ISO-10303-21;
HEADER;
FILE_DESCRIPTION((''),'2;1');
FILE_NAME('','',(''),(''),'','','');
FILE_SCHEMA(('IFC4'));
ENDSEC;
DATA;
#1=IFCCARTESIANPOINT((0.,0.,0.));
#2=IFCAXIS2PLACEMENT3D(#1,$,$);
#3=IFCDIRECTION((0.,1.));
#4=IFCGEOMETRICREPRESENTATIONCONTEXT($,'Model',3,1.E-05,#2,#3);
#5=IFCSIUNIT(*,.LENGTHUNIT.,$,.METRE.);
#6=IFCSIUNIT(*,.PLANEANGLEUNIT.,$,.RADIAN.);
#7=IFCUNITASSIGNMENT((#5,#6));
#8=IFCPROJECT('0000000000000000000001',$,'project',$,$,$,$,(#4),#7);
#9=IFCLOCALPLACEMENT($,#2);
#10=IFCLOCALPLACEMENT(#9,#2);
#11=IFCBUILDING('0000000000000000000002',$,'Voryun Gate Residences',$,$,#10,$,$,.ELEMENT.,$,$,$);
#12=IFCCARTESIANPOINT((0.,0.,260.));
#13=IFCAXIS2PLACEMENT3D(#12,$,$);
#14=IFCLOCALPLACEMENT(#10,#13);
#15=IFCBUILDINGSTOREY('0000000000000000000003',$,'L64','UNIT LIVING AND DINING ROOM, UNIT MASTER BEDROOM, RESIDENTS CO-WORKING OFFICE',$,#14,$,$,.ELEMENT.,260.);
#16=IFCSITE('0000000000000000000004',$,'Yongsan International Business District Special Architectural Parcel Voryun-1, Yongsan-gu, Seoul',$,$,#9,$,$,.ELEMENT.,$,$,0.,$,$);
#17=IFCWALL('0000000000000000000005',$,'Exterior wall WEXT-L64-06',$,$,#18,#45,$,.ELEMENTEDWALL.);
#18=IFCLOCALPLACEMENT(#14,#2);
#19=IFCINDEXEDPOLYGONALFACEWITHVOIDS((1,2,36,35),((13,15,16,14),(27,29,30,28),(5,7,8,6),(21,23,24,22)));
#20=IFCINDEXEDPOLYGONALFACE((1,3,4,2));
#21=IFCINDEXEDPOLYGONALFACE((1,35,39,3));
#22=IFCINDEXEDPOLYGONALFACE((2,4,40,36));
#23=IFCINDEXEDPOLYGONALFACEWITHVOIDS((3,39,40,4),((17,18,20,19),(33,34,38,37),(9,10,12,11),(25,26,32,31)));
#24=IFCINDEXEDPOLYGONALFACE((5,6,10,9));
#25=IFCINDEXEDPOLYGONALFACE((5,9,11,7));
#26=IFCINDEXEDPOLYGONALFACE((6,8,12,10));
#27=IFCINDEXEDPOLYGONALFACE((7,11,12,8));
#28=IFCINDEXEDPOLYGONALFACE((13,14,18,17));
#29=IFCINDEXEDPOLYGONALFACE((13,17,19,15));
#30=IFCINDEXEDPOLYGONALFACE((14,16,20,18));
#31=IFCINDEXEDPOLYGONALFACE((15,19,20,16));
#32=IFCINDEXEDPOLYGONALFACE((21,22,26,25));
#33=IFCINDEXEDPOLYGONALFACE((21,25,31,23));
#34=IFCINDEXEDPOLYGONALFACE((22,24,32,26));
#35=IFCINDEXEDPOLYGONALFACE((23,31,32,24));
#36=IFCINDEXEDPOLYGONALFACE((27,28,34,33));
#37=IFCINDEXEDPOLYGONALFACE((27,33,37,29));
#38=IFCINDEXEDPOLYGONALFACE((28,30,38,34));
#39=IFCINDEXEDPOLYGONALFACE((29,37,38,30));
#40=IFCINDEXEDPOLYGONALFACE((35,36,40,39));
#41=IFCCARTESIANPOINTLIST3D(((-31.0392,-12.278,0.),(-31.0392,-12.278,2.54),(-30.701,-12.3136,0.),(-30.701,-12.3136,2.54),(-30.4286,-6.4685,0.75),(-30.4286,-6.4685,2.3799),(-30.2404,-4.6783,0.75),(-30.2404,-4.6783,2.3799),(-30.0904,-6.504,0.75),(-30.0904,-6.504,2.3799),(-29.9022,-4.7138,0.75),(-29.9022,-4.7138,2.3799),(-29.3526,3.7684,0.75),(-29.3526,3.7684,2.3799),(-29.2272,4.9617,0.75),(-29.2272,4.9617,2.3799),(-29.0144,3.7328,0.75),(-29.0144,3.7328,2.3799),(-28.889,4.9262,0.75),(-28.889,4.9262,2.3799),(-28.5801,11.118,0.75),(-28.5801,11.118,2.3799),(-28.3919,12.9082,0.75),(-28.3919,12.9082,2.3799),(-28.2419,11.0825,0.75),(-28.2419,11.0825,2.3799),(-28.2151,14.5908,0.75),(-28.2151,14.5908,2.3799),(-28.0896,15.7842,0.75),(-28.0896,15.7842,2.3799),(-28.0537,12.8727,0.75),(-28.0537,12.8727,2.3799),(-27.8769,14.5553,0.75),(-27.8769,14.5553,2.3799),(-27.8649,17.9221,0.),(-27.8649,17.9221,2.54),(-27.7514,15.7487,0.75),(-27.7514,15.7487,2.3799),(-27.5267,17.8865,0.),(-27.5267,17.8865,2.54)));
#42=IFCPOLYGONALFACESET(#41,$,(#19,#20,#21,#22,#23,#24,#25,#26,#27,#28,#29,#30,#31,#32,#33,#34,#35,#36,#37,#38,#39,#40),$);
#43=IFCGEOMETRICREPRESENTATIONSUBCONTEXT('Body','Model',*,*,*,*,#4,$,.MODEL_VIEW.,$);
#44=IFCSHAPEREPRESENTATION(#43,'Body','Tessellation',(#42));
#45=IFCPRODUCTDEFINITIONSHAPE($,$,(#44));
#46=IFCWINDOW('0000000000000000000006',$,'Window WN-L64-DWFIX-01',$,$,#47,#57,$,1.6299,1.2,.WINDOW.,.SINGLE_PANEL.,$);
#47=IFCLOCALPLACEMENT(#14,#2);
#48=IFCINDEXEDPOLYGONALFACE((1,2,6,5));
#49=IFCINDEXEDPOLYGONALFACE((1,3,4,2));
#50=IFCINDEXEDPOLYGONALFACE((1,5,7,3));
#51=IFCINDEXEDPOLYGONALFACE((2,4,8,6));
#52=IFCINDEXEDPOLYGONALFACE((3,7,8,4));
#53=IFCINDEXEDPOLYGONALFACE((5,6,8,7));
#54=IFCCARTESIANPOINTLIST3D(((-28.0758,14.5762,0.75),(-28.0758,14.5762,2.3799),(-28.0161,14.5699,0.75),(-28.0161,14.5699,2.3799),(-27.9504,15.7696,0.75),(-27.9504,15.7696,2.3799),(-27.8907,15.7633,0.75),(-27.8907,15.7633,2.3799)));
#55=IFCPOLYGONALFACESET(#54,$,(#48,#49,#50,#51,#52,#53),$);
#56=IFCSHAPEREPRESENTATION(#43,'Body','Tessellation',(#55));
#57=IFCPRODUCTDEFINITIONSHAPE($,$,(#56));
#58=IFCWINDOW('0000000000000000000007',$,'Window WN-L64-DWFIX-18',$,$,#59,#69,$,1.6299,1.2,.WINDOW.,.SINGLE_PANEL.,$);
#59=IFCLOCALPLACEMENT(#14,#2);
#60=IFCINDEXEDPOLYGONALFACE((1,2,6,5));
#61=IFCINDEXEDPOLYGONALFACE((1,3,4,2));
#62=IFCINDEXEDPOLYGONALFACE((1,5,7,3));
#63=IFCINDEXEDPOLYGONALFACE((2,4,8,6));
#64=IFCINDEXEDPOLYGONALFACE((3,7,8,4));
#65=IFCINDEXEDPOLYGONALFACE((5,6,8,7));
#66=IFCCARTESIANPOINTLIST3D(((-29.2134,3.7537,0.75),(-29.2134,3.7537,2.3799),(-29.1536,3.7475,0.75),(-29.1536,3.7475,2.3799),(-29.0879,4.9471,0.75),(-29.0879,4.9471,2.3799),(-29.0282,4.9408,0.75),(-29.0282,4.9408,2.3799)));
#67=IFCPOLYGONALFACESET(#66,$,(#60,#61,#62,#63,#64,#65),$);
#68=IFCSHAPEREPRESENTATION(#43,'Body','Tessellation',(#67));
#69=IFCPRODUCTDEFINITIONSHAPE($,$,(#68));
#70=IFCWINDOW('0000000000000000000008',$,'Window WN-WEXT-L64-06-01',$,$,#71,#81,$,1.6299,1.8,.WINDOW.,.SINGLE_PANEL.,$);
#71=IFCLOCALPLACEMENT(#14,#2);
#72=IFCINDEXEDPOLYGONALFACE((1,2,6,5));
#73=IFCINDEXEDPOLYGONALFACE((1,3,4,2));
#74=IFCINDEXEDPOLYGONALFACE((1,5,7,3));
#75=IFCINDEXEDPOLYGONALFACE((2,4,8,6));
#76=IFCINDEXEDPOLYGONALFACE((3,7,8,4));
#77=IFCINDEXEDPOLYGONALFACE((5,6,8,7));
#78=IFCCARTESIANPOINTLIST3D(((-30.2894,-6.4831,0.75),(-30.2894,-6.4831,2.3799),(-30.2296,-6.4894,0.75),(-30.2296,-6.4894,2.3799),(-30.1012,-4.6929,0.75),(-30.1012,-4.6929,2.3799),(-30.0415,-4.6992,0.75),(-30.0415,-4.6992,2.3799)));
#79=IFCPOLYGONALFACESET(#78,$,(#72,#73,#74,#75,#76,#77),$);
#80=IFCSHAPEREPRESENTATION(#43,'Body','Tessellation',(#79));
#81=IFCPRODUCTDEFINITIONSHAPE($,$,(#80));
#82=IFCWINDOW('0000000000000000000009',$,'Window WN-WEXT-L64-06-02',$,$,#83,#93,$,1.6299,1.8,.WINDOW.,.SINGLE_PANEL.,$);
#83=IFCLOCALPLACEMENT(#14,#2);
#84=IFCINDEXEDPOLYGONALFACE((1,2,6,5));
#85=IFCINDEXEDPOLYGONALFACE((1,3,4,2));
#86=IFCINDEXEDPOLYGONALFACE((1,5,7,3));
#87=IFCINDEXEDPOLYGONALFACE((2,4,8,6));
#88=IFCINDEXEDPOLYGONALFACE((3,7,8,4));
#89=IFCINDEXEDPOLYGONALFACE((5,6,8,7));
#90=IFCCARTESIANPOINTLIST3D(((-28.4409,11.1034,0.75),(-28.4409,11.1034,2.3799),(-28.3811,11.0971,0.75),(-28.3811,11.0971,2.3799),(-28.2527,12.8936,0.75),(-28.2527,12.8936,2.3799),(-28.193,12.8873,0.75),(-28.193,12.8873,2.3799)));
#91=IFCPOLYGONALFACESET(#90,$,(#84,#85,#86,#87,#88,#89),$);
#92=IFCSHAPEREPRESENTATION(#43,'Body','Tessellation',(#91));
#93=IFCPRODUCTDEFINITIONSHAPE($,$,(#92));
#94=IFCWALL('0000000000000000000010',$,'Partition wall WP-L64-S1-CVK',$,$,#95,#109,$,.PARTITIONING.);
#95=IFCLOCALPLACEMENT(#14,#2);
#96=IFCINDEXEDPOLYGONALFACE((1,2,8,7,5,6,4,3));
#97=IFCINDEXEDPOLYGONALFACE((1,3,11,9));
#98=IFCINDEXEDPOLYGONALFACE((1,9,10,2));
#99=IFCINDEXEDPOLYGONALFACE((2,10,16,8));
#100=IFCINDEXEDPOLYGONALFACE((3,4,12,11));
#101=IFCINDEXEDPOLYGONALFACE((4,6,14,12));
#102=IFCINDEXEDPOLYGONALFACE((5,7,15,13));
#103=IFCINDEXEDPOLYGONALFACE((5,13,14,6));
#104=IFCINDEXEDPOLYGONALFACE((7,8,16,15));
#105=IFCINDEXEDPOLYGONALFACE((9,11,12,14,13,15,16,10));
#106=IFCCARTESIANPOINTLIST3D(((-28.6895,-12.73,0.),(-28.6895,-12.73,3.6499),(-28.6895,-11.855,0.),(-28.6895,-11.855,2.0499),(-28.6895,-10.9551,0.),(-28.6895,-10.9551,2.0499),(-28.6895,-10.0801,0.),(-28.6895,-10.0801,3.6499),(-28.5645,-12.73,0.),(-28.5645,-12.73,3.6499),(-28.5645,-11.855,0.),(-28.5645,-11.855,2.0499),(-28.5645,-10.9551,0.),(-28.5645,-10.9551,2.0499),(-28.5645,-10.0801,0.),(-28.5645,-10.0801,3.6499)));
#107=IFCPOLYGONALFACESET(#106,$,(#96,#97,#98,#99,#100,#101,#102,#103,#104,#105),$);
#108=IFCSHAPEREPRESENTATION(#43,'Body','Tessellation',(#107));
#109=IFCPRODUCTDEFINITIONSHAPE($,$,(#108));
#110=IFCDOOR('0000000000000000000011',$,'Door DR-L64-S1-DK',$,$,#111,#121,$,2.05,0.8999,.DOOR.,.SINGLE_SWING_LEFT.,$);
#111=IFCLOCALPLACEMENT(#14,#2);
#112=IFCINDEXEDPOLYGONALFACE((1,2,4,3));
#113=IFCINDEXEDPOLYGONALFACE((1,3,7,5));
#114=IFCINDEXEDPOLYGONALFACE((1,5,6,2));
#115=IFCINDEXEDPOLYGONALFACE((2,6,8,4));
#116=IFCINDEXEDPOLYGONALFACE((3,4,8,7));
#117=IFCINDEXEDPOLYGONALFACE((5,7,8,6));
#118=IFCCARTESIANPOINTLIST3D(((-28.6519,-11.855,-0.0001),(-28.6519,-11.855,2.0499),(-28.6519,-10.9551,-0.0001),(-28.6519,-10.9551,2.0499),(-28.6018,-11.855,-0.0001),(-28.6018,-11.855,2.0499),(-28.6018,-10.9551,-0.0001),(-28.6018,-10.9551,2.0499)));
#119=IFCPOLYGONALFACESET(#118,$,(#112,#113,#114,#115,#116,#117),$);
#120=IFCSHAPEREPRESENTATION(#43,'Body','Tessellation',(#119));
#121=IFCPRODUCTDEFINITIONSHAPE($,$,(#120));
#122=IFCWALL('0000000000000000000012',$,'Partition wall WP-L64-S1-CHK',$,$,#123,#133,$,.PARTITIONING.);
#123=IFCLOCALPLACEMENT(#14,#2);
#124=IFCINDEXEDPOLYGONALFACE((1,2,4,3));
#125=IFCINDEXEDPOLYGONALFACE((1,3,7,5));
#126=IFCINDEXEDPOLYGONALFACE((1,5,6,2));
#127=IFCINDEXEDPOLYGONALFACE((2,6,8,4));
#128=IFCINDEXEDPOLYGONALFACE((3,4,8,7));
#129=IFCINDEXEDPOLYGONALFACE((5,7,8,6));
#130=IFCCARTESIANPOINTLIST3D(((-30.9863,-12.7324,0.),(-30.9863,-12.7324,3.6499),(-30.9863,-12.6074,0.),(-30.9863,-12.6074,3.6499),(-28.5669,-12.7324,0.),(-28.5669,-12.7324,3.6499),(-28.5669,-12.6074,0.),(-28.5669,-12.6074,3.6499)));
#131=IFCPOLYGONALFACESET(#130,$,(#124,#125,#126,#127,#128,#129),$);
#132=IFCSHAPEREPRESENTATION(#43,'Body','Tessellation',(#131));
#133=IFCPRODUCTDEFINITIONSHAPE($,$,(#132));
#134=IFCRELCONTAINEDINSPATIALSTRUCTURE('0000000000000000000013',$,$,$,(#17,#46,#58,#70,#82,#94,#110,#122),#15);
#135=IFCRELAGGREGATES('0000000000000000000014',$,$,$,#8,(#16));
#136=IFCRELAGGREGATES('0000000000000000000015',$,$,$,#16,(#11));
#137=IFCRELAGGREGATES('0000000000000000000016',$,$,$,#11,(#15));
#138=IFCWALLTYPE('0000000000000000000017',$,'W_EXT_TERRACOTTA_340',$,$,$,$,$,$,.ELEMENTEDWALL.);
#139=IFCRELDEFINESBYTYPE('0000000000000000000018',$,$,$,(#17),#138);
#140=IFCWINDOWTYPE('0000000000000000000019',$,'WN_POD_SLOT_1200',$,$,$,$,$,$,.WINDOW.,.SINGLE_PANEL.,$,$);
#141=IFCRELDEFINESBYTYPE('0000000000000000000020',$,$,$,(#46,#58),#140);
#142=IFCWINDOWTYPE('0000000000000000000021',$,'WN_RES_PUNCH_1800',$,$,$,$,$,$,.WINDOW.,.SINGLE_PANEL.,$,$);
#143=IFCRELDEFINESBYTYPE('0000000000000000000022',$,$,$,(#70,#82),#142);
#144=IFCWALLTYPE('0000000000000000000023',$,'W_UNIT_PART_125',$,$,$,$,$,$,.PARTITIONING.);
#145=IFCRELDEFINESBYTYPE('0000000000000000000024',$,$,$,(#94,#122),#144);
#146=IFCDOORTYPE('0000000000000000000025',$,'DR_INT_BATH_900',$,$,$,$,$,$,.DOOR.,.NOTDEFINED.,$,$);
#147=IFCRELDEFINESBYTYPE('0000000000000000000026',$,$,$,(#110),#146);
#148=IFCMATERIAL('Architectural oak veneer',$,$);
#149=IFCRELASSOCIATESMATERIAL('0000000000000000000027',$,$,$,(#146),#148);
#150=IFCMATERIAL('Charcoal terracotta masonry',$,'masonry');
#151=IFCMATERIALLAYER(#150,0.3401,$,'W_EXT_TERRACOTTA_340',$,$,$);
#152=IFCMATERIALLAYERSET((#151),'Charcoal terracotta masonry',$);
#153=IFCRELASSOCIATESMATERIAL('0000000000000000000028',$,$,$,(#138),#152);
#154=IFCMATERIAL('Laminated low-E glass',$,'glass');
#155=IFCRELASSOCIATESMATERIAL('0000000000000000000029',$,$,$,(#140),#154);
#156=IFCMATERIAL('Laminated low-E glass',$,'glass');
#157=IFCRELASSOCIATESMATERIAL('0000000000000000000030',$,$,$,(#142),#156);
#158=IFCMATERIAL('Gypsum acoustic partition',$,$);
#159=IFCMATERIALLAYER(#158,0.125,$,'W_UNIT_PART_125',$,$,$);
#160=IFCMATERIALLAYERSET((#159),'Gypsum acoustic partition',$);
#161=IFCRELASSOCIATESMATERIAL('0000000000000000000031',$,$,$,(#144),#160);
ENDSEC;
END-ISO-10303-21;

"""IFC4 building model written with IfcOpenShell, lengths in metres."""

from ifc_helpers import new_model, si_unit, direction, frame, frame_2d, origin, place, context, subcontext, project, spatial, rectangle, extrude, material, layer, layer_set, type_object, element, fill, save


model = new_model("IFC4")

# Units and contexts
model_context = context("Model", 3, precision=1e-05, world=origin(), true_north=direction((0.0, 1.0)))
body_context = subcontext(model_context, "Body", "Model", "MODEL_VIEW")
ifc_project = project(units=[si_unit("LENGTHUNIT", "METRE"), si_unit("PLANEANGLEUNIT", "RADIAN")], contexts=[model_context])

# Site, building, storey
site_placement = place(None, origin())
site = spatial("IfcSite", under=ifc_project, at=site_placement, Name="Yongsan International Business District Special Architectural Parcel Voryun-1, Yongsan-gu, Seoul", CompositionType="ELEMENT", RefElevation=0.0)
building_placement = place(site_placement, origin())
building = spatial("IfcBuilding", under=site, at=building_placement, Name="Voryun Gate Residences", CompositionType="ELEMENT")
storey_placement = place(building_placement, frame((0.0, 0.0, 260.0)))
storey = spatial("IfcBuildingStorey", under=building, at=storey_placement, Name="L64", Description="UNIT LIVING AND DINING ROOM, UNIT MASTER BEDROOM, RESIDENTS CO-WORKING OFFICE", CompositionType="ELEMENT", Elevation=260.0)

# Shared definitions
ifc_material_1 = material(Name="Architectural oak veneer")
door_type_1 = type_object("IfcDoorType", Name="DR_INT_BATH_900", OperationType="NOTDEFINED", PredefinedType="DOOR", material=ifc_material_1)

# Shared definitions
ifc_material_2 = material(Name="Charcoal terracotta masonry", Category="masonry")
ifc_layer_1 = layer(ifc_material_2, 0.3401, Name="W_EXT_TERRACOTTA_340")
ifc_layer_set_1 = layer_set([ifc_layer_1], Name="Charcoal terracotta masonry")
wall_type_1 = type_object("IfcWallType", Name="W_EXT_TERRACOTTA_340", PredefinedType="ELEMENTEDWALL", material=ifc_layer_set_1)

# Wall, openings, windows
wall_1_placement = place(storey_placement, frame((-30.8701, -12.2957, 0.0), z_axis=(0.0, 0.0, 1.0), x_axis=(0.104533, 0.994521, 0.0)))
wall_1 = element("IfcWall", 1, at=wall_1_placement, inside=storey, type_object=wall_type_1, Name="Exterior wall WEXT-L64-06", PredefinedType="ELEMENTEDWALL", context=body_context, shape_type="SweptSolid", body=[
    extrude(rectangle(XDim=30.3665, YDim=0.3401, at=frame_2d((15.1831, 0.0))), origin(), (0.0, 0.0, 1.0), 2.54),
])
opening_1_placement = place(wall_1_placement, frame((5.8416, 0.0, 0.75)))
opening_1 = element("IfcOpeningElement", 2, at=opening_1_placement, cuts=wall_1, PredefinedType="OPENING", context=body_context, shape_type="SweptSolid", body=[
    extrude(rectangle(XDim=1.8, YDim=1.6299, at=frame_2d((0.8999, 0.8149))), frame((0.0, 0.1799, 0.0), z_axis=(0.0, -1.0, 0.0), x_axis=(1.0, 0.0, 0.0)), (0.0, 0.0, 1.0), 0.3601),
])
opening_2_placement = place(wall_1_placement, frame((23.5249, 0.0, 0.75)))
opening_2 = element("IfcOpeningElement", 3, at=opening_2_placement, cuts=wall_1, PredefinedType="OPENING", context=body_context, shape_type="SweptSolid", body=[
    extrude(rectangle(XDim=1.8, YDim=1.6299, at=frame_2d((0.8999, 0.8149))), frame((0.0, 0.1799, 0.0), z_axis=(0.0, -1.0, 0.0), x_axis=(1.0, 0.0, 0.0)), (0.0, 0.0, 1.0), 0.3601),
])
opening_3_placement = place(wall_1_placement, frame((27.0166, 0.0, 0.75)))
opening_3 = element("IfcOpeningElement", 4, at=opening_3_placement, cuts=wall_1, PredefinedType="OPENING", context=body_context, shape_type="SweptSolid", body=[
    extrude(rectangle(XDim=1.2, YDim=1.6299, at=frame_2d((0.6001, 0.8149))), frame((0.0, 0.1799, 0.0), z_axis=(0.0, -1.0, 0.0), x_axis=(1.0, 0.0, 0.0)), (0.0, 0.0, 1.0), 0.3601),
])
opening_4_placement = place(wall_1_placement, frame((16.1345, 0.0, 0.75)))
opening_4 = element("IfcOpeningElement", 5, at=opening_4_placement, cuts=wall_1, PredefinedType="OPENING", context=body_context, shape_type="SweptSolid", body=[
    extrude(rectangle(XDim=1.2, YDim=1.6299, at=frame_2d((0.6001, 0.8149))), frame((0.0, 0.1799, 0.0), z_axis=(0.0, -1.0, 0.0), x_axis=(1.0, 0.0, 0.0)), (0.0, 0.0, 1.0), 0.3601),
])
ifc_material_3 = material(Name="Laminated low-E glass", Category="glass")
window_type_1 = type_object("IfcWindowType", Name="WN_POD_SLOT_1200", PartitioningType="SINGLE_PANEL", PredefinedType="WINDOW", material=ifc_material_3)
window_1_placement = place(opening_3_placement, origin())
window_1 = element("IfcWindow", 6, at=window_1_placement, inside=storey, type_object=window_type_1, Name="Window WN-L64-DWFIX-01", OverallHeight=1.6299, OverallWidth=1.2, PartitioningType="SINGLE_PANEL", PredefinedType="WINDOW", context=body_context, shape_type="SweptSolid", body=[
    extrude(rectangle(XDim=1.2, YDim=1.6299, at=frame_2d((0.6001, 0.8149))), frame((0.0, 0.03, 0.0), z_axis=(0.0, -1.0, 0.0), x_axis=(1.0, 0.0, 0.0)), (0.0, 0.0, 1.0), 0.0601),
])
fill(opening_3, window_1)
window_2_placement = place(opening_4_placement, origin())
window_2 = element("IfcWindow", 7, at=window_2_placement, inside=storey, type_object=window_type_1, Name="Window WN-L64-DWFIX-18", OverallHeight=1.6299, OverallWidth=1.2, PartitioningType="SINGLE_PANEL", PredefinedType="WINDOW", context=body_context, shape_type="SweptSolid", body=[
    extrude(rectangle(XDim=1.2, YDim=1.6299, at=frame_2d((0.6001, 0.8149))), frame((0.0, 0.03, 0.0), z_axis=(0.0, -1.0, 0.0), x_axis=(1.0, 0.0, 0.0)), (0.0, 0.0, 1.0), 0.0601),
])
fill(opening_4, window_2)
ifc_material_4 = material(Name="Laminated low-E glass", Category="glass")
window_type_2 = type_object("IfcWindowType", Name="WN_RES_PUNCH_1800", PartitioningType="SINGLE_PANEL", PredefinedType="WINDOW", material=ifc_material_4)
window_3_placement = place(opening_1_placement, origin())
window_3 = element("IfcWindow", 8, at=window_3_placement, inside=storey, type_object=window_type_2, Name="Window WN-WEXT-L64-06-01", OverallHeight=1.6299, OverallWidth=1.8, PartitioningType="SINGLE_PANEL", PredefinedType="WINDOW", context=body_context, shape_type="SweptSolid", body=[
    extrude(rectangle(XDim=1.8, YDim=1.6299, at=frame_2d((0.8999, 0.8149))), frame((0.0, 0.03, 0.0), z_axis=(0.0, -1.0, 0.0), x_axis=(1.0, 0.0, 0.0)), (0.0, 0.0, 1.0), 0.0601),
])
fill(opening_1, window_3)
window_4_placement = place(opening_2_placement, origin())
window_4 = element("IfcWindow", 9, at=window_4_placement, inside=storey, type_object=window_type_2, Name="Window WN-WEXT-L64-06-02", OverallHeight=1.6299, OverallWidth=1.8, PartitioningType="SINGLE_PANEL", PredefinedType="WINDOW", context=body_context, shape_type="SweptSolid", body=[
    extrude(rectangle(XDim=1.8, YDim=1.6299, at=frame_2d((0.8999, 0.8149))), frame((0.0, 0.03, 0.0), z_axis=(0.0, -1.0, 0.0), x_axis=(1.0, 0.0, 0.0)), (0.0, 0.0, 1.0), 0.0601),
])
fill(opening_2, window_4)

# Wall, opening, door
ifc_material_5 = material(Name="Gypsum acoustic partition")
ifc_layer_2 = layer(ifc_material_5, 0.125, Name="W_UNIT_PART_125")
ifc_layer_set_2 = layer_set([ifc_layer_2], Name="Gypsum acoustic partition")
wall_type_2 = type_object("IfcWallType", Name="W_UNIT_PART_125", PredefinedType="PARTITIONING", material=ifc_layer_set_2)
wall_2_placement = place(storey_placement, frame((-28.627, -12.73, 0.0), z_axis=(0.0, 0.0, 1.0), x_axis=(0.0, 1.0, 0.0)))
wall_2 = element("IfcWall", 10, at=wall_2_placement, inside=storey, type_object=wall_type_2, Name="Partition wall WP-L64-S1-CVK", PredefinedType="PARTITIONING", context=body_context, shape_type="SweptSolid", body=[
    extrude(rectangle(XDim=2.6499, YDim=0.125, at=frame_2d((1.325, 0.0))), origin(), (0.0, 0.0, 1.0), 3.6499),
])
opening_5_placement = place(wall_2_placement, frame((0.875, 0.0, 0.0)))
opening_5 = element("IfcOpeningElement", 11, at=opening_5_placement, cuts=wall_2, PredefinedType="OPENING", context=body_context, shape_type="SweptSolid", body=[
    extrude(rectangle(XDim=0.8999, YDim=2.05, at=frame_2d((0.45, 1.0249))), frame((0.0, 0.0725, 0.0), z_axis=(0.0, -1.0, 0.0), x_axis=(1.0, 0.0, 0.0)), (0.0, 0.0, 1.0), 0.145),
])
door_1_placement = place(opening_5_placement, origin())
door_1 = element("IfcDoor", 12, at=door_1_placement, inside=storey, type_object=door_type_1, Name="Door DR-L64-S1-DK", OperationType="SINGLE_SWING_LEFT", OverallHeight=2.05, OverallWidth=0.8999, PredefinedType="DOOR", context=body_context, shape_type="SweptSolid", body=[
    extrude(rectangle(XDim=0.8999, YDim=2.05, at=frame_2d((0.45, 1.0249))), frame((0.0, 0.0249, 0.0), z_axis=(0.0, -1.0, 0.0), x_axis=(1.0, 0.0, 0.0)), (0.0, 0.0, 1.0), 0.05),
])
fill(opening_5, door_1)

# Wall
wall_3_placement = place(storey_placement, frame((-30.9863, -12.6699, 0.0), z_axis=(0.0, 0.0, 1.0), x_axis=(1.0, 0.0, 0.0)))
element("IfcWall", 13, at=wall_3_placement, inside=storey, type_object=wall_type_2, Name="Partition wall WP-L64-S1-CHK", PredefinedType="PARTITIONING", context=body_context, shape_type="SweptSolid", body=[
    extrude(rectangle(XDim=2.4194, YDim=0.125, at=frame_2d((1.2097, 0.0))), origin(), (0.0, 0.0, 1.0), 3.6499),
])

save(model, "model.ifc")
